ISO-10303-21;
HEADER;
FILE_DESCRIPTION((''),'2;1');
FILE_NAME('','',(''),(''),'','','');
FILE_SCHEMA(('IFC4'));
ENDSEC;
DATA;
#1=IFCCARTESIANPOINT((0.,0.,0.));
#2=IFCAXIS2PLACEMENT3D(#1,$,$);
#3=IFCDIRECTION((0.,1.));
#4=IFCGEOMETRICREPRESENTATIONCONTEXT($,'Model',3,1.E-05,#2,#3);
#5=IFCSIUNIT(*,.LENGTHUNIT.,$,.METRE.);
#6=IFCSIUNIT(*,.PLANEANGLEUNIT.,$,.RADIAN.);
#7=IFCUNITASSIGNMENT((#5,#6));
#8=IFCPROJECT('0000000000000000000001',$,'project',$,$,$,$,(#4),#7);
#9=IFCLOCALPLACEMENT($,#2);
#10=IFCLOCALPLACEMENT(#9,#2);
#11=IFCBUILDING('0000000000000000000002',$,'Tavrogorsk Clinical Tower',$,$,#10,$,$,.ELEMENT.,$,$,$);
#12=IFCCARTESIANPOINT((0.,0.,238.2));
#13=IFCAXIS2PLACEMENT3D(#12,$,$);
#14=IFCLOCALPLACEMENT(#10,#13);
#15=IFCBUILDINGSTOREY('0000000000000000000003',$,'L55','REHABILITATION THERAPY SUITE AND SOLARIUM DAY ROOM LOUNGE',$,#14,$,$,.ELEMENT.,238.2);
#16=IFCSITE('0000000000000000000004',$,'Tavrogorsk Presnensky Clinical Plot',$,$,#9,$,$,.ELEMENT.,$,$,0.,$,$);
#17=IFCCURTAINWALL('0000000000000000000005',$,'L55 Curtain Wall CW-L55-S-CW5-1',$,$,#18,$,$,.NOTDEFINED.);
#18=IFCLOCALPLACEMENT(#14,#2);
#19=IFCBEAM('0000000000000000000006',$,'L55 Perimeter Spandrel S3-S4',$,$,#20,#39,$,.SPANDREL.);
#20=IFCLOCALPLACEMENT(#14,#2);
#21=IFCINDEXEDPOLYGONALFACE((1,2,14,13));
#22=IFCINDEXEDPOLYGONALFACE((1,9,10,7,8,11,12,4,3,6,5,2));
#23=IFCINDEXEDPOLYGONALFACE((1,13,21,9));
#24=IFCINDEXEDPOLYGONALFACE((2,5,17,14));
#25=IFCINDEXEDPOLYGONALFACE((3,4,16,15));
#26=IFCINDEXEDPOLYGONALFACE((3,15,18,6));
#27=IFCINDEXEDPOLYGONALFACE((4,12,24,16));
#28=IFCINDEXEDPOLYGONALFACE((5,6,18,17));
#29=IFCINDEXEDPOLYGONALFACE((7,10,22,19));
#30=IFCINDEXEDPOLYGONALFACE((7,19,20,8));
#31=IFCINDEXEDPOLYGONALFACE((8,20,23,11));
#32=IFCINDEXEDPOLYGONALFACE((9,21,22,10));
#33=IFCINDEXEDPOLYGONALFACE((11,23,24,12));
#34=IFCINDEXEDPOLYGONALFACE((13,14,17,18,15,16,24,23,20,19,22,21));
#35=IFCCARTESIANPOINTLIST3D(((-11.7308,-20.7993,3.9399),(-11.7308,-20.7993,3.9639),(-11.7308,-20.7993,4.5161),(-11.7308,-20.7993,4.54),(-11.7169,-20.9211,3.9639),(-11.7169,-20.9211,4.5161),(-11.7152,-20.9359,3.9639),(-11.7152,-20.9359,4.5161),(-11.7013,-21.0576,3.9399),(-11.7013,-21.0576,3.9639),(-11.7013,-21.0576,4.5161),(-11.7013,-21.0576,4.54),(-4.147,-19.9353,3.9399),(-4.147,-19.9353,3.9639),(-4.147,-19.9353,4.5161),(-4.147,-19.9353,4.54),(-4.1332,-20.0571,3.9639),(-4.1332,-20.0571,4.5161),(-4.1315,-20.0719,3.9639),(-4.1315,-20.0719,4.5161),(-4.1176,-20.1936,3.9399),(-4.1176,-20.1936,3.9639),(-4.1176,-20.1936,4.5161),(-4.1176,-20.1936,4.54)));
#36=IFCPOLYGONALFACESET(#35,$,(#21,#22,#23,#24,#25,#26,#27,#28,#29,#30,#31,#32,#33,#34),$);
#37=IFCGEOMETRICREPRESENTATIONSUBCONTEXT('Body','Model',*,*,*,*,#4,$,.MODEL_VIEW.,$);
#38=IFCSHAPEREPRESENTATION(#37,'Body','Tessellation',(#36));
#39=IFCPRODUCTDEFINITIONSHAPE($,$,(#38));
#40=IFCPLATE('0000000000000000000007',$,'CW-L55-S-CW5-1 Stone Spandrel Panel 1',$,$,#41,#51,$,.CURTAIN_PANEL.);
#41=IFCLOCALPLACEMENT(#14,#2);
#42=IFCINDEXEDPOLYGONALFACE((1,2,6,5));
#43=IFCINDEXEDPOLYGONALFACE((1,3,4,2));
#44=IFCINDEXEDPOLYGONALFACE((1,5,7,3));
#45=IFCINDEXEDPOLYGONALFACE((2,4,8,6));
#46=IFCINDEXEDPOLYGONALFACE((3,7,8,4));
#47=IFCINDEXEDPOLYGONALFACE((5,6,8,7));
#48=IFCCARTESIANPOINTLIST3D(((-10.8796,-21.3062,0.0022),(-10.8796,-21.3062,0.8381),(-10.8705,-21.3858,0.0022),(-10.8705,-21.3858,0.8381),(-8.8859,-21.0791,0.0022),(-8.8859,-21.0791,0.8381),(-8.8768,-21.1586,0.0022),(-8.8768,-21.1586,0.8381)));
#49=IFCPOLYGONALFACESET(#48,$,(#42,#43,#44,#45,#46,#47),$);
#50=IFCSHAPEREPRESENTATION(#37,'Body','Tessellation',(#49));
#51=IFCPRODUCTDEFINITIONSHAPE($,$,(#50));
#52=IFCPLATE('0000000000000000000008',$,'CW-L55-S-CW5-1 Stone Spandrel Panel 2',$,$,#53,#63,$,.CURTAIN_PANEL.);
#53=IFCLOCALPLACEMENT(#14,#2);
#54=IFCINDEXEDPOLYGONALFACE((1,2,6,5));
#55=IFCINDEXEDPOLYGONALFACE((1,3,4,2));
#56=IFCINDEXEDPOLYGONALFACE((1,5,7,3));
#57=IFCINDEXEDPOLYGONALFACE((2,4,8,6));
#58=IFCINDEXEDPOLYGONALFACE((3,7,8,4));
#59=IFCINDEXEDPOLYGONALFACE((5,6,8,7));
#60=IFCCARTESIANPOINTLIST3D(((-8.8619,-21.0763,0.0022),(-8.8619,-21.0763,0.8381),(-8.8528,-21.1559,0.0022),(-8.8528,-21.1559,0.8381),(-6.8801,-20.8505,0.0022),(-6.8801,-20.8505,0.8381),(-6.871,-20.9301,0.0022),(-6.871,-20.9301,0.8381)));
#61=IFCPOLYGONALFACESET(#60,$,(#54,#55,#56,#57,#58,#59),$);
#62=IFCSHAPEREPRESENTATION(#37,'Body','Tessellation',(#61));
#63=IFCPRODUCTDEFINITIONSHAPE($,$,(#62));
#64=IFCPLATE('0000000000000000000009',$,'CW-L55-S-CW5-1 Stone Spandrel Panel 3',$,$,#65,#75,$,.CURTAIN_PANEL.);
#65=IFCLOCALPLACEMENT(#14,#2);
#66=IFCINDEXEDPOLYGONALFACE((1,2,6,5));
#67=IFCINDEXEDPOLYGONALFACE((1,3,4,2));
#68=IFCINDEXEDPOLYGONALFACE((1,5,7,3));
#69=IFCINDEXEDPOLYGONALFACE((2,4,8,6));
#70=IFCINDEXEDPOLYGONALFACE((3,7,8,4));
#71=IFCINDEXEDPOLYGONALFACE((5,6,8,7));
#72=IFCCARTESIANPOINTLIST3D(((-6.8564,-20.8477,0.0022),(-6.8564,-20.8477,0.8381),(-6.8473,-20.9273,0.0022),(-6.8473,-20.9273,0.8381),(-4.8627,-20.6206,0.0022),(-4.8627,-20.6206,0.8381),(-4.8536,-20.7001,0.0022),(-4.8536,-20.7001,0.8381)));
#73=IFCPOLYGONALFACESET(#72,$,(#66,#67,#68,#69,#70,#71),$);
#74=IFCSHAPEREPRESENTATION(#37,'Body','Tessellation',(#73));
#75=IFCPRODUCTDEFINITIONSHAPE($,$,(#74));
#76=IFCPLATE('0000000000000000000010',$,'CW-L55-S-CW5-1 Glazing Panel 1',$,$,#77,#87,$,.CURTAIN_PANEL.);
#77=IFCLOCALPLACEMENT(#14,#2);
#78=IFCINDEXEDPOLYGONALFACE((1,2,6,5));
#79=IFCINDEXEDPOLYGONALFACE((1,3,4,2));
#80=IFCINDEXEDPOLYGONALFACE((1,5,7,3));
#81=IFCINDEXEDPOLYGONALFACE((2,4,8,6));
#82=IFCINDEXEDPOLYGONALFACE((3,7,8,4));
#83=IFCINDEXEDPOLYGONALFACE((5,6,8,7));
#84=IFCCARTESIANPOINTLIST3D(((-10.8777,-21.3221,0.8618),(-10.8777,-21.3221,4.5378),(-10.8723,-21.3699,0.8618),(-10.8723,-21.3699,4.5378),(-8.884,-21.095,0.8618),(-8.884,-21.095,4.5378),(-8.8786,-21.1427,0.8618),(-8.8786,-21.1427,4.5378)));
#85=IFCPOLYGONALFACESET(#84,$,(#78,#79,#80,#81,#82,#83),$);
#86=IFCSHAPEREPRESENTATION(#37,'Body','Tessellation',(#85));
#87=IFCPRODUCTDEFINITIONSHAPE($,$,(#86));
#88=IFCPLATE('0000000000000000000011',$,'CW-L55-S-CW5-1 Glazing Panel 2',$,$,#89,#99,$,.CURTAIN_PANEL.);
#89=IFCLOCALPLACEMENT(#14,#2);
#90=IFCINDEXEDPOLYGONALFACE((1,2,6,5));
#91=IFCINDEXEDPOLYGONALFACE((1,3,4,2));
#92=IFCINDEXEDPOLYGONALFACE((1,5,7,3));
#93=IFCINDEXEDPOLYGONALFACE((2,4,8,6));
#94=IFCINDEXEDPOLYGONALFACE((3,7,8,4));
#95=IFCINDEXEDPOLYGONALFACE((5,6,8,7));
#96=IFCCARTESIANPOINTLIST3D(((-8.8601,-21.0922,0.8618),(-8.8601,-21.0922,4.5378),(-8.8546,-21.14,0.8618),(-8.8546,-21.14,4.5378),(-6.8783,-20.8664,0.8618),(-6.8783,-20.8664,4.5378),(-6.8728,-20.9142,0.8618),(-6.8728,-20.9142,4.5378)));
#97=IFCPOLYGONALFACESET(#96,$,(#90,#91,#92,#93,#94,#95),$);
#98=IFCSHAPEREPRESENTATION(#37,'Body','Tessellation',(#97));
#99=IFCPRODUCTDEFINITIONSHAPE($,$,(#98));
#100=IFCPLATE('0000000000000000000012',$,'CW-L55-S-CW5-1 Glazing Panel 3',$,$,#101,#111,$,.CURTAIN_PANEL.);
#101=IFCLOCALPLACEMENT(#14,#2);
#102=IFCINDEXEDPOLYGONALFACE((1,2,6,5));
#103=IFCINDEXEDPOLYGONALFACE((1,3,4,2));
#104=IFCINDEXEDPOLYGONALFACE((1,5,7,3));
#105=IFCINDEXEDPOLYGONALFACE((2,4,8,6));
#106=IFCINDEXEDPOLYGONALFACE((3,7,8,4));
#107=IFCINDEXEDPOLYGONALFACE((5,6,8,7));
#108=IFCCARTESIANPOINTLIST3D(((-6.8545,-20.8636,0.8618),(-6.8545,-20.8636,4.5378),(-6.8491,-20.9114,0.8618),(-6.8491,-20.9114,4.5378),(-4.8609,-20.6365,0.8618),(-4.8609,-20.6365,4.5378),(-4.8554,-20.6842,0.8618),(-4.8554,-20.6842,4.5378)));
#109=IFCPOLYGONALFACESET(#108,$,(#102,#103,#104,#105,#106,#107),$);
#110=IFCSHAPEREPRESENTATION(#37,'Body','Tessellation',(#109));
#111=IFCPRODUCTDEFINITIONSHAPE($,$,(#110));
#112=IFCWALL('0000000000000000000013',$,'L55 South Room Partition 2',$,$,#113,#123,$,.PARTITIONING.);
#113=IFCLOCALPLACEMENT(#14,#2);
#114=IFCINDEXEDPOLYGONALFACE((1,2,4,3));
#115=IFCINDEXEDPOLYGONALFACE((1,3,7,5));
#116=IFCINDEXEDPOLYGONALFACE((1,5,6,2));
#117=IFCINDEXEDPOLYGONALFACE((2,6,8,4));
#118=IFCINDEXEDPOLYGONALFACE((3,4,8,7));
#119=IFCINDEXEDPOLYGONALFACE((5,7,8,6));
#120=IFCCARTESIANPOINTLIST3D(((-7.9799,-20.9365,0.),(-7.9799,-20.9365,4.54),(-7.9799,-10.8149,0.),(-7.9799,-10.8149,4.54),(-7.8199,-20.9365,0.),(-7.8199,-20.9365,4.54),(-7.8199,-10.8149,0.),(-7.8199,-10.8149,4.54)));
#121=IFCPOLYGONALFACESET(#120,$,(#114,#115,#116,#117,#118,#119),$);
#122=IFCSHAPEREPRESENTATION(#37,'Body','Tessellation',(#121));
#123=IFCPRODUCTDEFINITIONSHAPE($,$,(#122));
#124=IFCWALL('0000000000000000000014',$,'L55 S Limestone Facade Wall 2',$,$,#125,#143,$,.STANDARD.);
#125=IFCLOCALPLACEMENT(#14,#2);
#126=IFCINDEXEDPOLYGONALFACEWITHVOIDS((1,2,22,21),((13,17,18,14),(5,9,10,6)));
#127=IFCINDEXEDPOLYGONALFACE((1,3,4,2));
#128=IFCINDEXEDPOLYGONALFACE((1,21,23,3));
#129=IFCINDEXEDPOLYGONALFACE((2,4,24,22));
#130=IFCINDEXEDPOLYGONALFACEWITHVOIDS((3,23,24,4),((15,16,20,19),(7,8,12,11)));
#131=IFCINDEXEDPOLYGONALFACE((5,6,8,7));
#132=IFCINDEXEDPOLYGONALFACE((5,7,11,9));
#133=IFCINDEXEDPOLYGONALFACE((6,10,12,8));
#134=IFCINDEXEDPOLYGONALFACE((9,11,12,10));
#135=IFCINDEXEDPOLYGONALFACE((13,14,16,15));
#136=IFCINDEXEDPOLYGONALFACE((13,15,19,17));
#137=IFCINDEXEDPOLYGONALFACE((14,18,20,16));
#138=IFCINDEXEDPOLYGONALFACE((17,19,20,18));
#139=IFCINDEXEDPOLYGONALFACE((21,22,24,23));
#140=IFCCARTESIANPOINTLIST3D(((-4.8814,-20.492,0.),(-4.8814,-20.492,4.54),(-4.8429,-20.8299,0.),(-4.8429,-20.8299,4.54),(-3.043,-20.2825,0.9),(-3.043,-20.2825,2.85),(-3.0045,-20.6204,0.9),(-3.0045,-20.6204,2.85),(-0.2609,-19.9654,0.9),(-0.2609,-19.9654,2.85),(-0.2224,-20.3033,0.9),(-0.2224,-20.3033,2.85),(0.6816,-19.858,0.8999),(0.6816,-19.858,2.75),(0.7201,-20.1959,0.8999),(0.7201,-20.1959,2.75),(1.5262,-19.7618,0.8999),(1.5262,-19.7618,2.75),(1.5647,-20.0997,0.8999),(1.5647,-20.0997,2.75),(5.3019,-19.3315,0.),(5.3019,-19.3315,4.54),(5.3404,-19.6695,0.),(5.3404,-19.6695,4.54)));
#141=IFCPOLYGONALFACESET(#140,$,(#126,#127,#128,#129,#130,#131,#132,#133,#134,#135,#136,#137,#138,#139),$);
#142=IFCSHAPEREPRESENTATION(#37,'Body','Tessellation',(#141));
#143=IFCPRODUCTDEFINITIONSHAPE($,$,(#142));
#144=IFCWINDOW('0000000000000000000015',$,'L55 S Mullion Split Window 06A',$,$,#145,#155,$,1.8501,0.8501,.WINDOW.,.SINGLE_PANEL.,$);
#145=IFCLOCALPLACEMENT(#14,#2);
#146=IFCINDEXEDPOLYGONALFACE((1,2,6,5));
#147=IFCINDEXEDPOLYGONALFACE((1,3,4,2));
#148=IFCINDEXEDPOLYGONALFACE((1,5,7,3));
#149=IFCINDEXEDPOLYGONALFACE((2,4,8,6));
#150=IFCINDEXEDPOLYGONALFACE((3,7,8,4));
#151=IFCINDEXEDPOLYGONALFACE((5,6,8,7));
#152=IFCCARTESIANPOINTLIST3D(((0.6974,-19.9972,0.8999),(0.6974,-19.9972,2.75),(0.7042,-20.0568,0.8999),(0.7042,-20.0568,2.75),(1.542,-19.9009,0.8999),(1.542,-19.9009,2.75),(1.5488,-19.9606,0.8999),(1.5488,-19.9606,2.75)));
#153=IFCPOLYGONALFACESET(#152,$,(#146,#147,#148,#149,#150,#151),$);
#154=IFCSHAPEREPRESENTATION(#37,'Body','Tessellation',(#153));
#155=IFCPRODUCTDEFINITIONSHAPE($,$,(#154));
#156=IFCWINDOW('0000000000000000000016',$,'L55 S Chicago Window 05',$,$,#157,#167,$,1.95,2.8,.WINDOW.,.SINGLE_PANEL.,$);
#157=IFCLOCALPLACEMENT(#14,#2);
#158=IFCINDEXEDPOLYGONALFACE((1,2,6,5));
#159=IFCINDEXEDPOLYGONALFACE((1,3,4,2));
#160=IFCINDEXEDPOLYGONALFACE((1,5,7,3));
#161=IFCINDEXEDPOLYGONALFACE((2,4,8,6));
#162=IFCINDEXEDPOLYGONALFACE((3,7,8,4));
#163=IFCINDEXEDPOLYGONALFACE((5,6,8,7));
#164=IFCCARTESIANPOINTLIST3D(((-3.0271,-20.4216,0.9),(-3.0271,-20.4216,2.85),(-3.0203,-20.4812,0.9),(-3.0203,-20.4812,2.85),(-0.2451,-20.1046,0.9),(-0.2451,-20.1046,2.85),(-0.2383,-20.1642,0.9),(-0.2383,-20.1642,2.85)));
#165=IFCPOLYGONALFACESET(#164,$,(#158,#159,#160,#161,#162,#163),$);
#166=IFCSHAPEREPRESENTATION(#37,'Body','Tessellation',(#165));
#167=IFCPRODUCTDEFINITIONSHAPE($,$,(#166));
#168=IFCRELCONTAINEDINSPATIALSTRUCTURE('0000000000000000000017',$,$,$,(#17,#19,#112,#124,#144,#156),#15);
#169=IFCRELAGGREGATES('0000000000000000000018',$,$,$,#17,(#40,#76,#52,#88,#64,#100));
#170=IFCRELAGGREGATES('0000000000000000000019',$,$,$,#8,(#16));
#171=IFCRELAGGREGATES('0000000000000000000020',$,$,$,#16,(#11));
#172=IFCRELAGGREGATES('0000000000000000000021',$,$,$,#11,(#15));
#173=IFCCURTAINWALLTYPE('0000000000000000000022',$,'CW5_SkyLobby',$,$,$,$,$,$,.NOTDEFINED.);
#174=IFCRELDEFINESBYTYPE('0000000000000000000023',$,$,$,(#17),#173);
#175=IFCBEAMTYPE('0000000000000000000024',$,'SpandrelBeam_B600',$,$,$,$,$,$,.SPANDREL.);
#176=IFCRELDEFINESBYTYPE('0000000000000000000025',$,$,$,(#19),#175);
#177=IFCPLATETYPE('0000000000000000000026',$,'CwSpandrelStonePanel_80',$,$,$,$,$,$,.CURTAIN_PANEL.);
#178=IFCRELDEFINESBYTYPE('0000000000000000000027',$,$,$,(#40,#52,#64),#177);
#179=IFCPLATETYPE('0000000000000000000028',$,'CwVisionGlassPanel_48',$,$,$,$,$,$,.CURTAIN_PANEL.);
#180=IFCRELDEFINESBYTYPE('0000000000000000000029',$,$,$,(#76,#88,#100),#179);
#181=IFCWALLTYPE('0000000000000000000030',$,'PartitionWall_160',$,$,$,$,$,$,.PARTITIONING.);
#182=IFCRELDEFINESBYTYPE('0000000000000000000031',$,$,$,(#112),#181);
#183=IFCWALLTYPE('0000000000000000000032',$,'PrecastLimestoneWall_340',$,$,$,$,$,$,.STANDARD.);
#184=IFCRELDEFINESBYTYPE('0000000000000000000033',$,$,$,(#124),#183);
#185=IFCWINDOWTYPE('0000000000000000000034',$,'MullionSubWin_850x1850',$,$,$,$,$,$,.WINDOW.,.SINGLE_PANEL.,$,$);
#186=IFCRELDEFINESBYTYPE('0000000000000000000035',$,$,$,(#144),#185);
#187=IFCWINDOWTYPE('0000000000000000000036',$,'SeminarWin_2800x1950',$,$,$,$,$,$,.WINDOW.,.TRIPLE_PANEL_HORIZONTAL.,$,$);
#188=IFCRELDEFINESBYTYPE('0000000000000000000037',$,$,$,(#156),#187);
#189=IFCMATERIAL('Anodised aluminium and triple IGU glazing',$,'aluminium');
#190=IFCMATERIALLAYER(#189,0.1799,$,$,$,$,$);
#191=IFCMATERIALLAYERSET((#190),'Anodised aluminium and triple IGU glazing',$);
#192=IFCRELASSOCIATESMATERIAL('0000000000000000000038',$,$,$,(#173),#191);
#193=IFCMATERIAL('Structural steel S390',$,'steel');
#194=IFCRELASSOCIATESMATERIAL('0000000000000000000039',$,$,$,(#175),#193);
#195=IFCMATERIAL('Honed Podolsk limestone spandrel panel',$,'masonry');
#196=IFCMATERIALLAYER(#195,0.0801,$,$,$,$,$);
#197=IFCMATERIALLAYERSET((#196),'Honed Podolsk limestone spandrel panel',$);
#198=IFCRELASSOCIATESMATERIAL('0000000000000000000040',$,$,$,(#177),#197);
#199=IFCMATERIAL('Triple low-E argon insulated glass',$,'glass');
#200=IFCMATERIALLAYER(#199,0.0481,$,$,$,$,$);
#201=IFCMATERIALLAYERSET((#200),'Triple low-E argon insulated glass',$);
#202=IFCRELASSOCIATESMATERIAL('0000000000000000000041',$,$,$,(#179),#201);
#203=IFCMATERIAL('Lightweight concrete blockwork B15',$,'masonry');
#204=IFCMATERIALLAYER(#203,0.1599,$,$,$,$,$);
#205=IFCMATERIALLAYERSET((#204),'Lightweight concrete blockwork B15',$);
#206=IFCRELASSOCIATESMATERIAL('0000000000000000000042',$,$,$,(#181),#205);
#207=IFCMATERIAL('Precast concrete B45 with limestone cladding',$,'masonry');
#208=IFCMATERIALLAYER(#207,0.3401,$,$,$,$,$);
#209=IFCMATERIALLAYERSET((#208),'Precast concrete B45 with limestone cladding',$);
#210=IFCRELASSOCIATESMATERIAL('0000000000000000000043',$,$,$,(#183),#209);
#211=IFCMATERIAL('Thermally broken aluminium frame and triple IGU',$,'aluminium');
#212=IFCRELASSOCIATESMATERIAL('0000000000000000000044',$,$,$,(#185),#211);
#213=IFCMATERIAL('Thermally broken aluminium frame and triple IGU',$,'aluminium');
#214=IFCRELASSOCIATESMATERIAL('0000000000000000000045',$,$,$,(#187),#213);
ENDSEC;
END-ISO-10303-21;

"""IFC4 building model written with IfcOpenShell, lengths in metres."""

from ifc_helpers import new_model, si_unit, direction, frame, frame_2d, origin, origin_2d, place, context, subcontext, project, spatial, rectangle, i_section, extrude, material, layer, layer_set, material_profile, profile_set, type_object, element, fill, aggregate, save


model = new_model("IFC4")

# Units and contexts
model_context = context("Model", 3, precision=1e-05, world=origin(), true_north=direction((0.0, 1.0)))
body_context = subcontext(model_context, "Body", "Model", "MODEL_VIEW")
ifc_project = project(units=[si_unit("LENGTHUNIT", "METRE"), si_unit("PLANEANGLEUNIT", "RADIAN")], contexts=[model_context])

# Site, building, storey
site_placement = place(None, origin())
site = spatial("IfcSite", under=ifc_project, at=site_placement, Name="Tavrogorsk Presnensky Clinical Plot", CompositionType="ELEMENT", RefElevation=0.0)
building_placement = place(site_placement, origin())
building = spatial("IfcBuilding", under=site, at=building_placement, Name="Tavrogorsk Clinical Tower", CompositionType="ELEMENT")
storey_placement = place(building_placement, frame((0.0, 0.0, 238.2)))
storey = spatial("IfcBuildingStorey", under=building, at=storey_placement, Name="L55", Description="REHABILITATION THERAPY SUITE AND SOLARIUM DAY ROOM LOUNGE", CompositionType="ELEMENT", Elevation=238.2)

# Curtain wall
ifc_material_1 = material(Name="Anodised aluminium and triple IGU glazing", Category="aluminium")
ifc_layer_1 = layer(ifc_material_1, 0.1799)
ifc_layer_set_1 = layer_set([ifc_layer_1], Name="Anodised aluminium and triple IGU glazing")
curtain_wall_type = type_object("IfcCurtainWallType", Name="CW5_SkyLobby", PredefinedType="NOTDEFINED", material=ifc_layer_set_1)
curtain_wall_placement = place(storey_placement, origin())
curtain_wall = element("IfcCurtainWall", 1, at=curtain_wall_placement, inside=storey, type_object=curtain_wall_type, Name="L55 Curtain Wall CW-L55-S-CW5-1", PredefinedType="NOTDEFINED")

# Beam
ifc_material_2 = material(Name="Structural steel S390", Category="steel")
ifc_material_profile_1 = material_profile(ifc_material_2, i_section(OverallWidth=0.26, OverallDepth=0.6001, WebThickness=0.0149, FlangeThickness=0.0239, at=origin_2d()), Name="B-600x260x15x24")
ifc_profile_set_1 = profile_set([ifc_material_profile_1], Name="Structural steel S390")
beam_type = type_object("IfcBeamType", Name="SpandrelBeam_B600", PredefinedType="SPANDREL", material=ifc_profile_set_1)
beam_placement = place(storey_placement, frame((-11.7161, -20.9285, 4.24), z_axis=(0.993573, 0.113197, 0.0), x_axis=(-0.113197, 0.993573, 0.0)))
element("IfcBeam", 2, at=beam_placement, inside=storey, type_object=beam_type, Name="L55 Perimeter Spandrel S3-S4", PredefinedType="SPANDREL", context=body_context, shape_type="SweptSolid", body=[
    extrude(i_section(OverallWidth=0.26, OverallDepth=0.6001, WebThickness=0.0149, FlangeThickness=0.0239, at=origin_2d()), origin(), (0.0, 0.0, 1.0), 7.6328),
])

# Plates
ifc_material_3 = material(Name="Honed Podolsk limestone spandrel panel", Category="masonry")
ifc_layer_2 = layer(ifc_material_3, 0.0801)
ifc_layer_set_2 = layer_set([ifc_layer_2], Name="Honed Podolsk limestone spandrel panel")
plate_type_1 = type_object("IfcPlateType", Name="CwSpandrelStonePanel_80", PredefinedType="CURTAIN_PANEL", material=ifc_layer_set_2)
plate_1_placement = place(storey_placement, frame((-9.8782, -21.2324, 0.0022), z_axis=(0.0, 0.0, 1.0), x_axis=(0.993572, 0.113203, 0.0)))
plate_1 = element("IfcPlate", 3, at=plate_1_placement, type_object=plate_type_1, Name="CW-L55-S-CW5-1 Stone Spandrel Panel 1", PredefinedType="CURTAIN_PANEL", context=body_context, shape_type="SweptSolid", body=[
    extrude(rectangle(XDim=2.0066, YDim=0.0801, at=origin_2d()), origin(), (0.0, 0.0, 1.0), 0.8359),
])
plate_2_placement = place(storey_placement, frame((-7.8665, -21.0032, 0.0022), z_axis=(0.0, 0.0, 1.0), x_axis=(0.993572, 0.113203, 0.0)))
plate_2 = element("IfcPlate", 4, at=plate_2_placement, type_object=plate_type_1, Name="CW-L55-S-CW5-1 Stone Spandrel Panel 2", PredefinedType="CURTAIN_PANEL", context=body_context, shape_type="SweptSolid", body=[
    extrude(rectangle(XDim=1.9946, YDim=0.0801, at=origin_2d()), origin(), (0.0, 0.0, 1.0), 0.8359),
])
plate_3_placement = place(storey_placement, frame((-5.855, -20.7739, 0.0022), z_axis=(0.0, 0.0, 1.0), x_axis=(0.993572, 0.113203, 0.0)))
plate_3 = element("IfcPlate", 5, at=plate_3_placement, type_object=plate_type_1, Name="CW-L55-S-CW5-1 Stone Spandrel Panel 3", PredefinedType="CURTAIN_PANEL", context=body_context, shape_type="SweptSolid", body=[
    extrude(rectangle(XDim=2.0066, YDim=0.0801, at=origin_2d()), origin(), (0.0, 0.0, 1.0), 0.8359),
])
ifc_material_4 = material(Name="Triple low-E argon insulated glass", Category="glass")
ifc_layer_3 = layer(ifc_material_4, 0.0481)
ifc_layer_set_3 = layer_set([ifc_layer_3], Name="Triple low-E argon insulated glass")
plate_type_2 = type_object("IfcPlateType", Name="CwVisionGlassPanel_48", PredefinedType="CURTAIN_PANEL", material=ifc_layer_set_3)
plate_4_placement = place(storey_placement, frame((-9.8782, -21.2324, 0.8618), z_axis=(0.0, 0.0, 1.0), x_axis=(0.993572, 0.113203, 0.0)))
plate_4 = element("IfcPlate", 6, at=plate_4_placement, type_object=plate_type_2, Name="CW-L55-S-CW5-1 Glazing Panel 1", PredefinedType="CURTAIN_PANEL", context=body_context, shape_type="SweptSolid", body=[
    extrude(rectangle(XDim=2.0066, YDim=0.0481, at=origin_2d()), origin(), (0.0, 0.0, 1.0), 3.676),
])
plate_5_placement = place(storey_placement, frame((-7.8665, -21.0032, 0.8618), z_axis=(0.0, 0.0, 1.0), x_axis=(0.993572, 0.113203, 0.0)))
plate_5 = element("IfcPlate", 7, at=plate_5_placement, type_object=plate_type_2, Name="CW-L55-S-CW5-1 Glazing Panel 2", PredefinedType="CURTAIN_PANEL", context=body_context, shape_type="SweptSolid", body=[
    extrude(rectangle(XDim=1.9946, YDim=0.0481, at=origin_2d()), origin(), (0.0, 0.0, 1.0), 3.676),
])
plate_6_placement = place(storey_placement, frame((-5.855, -20.7739, 0.8618), z_axis=(0.0, 0.0, 1.0), x_axis=(0.993572, 0.113203, 0.0)))
plate_6 = element("IfcPlate", 8, at=plate_6_placement, type_object=plate_type_2, Name="CW-L55-S-CW5-1 Glazing Panel 3", PredefinedType="CURTAIN_PANEL", context=body_context, shape_type="SweptSolid", body=[
    extrude(rectangle(XDim=2.0066, YDim=0.0481, at=origin_2d()), origin(), (0.0, 0.0, 1.0), 3.676),
])
aggregate(curtain_wall, [plate_1, plate_4, plate_2, plate_5, plate_3, plate_6])

# Wall
ifc_material_5 = material(Name="Lightweight concrete blockwork B15", Category="masonry")
ifc_layer_4 = layer(ifc_material_5, 0.1599)
ifc_layer_set_4 = layer_set([ifc_layer_4], Name="Lightweight concrete blockwork B15")
wall_type_1 = type_object("IfcWallType", Name="PartitionWall_160", PredefinedType="PARTITIONING", material=ifc_layer_set_4)
wall_1_placement = place(storey_placement, frame((-7.8999, -20.9365, 0.0), z_axis=(0.0, 0.0, 1.0), x_axis=(0.0, 1.0, 0.0)))
element("IfcWall", 9, at=wall_1_placement, inside=storey, type_object=wall_type_1, Name="L55 South Room Partition 2", PredefinedType="PARTITIONING", context=body_context, shape_type="SweptSolid", body=[
    extrude(rectangle(XDim=10.1216, YDim=0.1599, at=frame_2d((5.0608, 0.0))), origin(), (0.0, 0.0, 1.0), 4.54),
])

# Wall, openings, windows
ifc_material_6 = material(Name="Precast concrete B45 with limestone cladding", Category="masonry")
ifc_layer_5 = layer(ifc_material_6, 0.3401)
ifc_layer_set_5 = layer_set([ifc_layer_5], Name="Precast concrete B45 with limestone cladding")
wall_type_2 = type_object("IfcWallType", Name="PrecastLimestoneWall_340", PredefinedType="STANDARD", material=ifc_layer_set_5)
wall_2_placement = place(storey_placement, frame((-4.8621, -20.6609, 0.0), z_axis=(0.0, 0.0, 1.0), x_axis=(0.99357, 0.113218, 0.0)))
wall_2 = element("IfcWall", 10, at=wall_2_placement, inside=storey, type_object=wall_type_2, Name="L55 S Limestone Facade Wall 2", PredefinedType="STANDARD", context=body_context, shape_type="SweptSolid", body=[
    extrude(rectangle(XDim=10.2493, YDim=0.3401, at=frame_2d((5.1245, 0.0))), origin(), (0.0, 0.0, 1.0), 4.54),
])
opening_1_placement = place(wall_2_placement, frame((1.8503, 0.0, 0.8999)))
opening_1 = element("IfcOpeningElement", 11, at=opening_1_placement, cuts=wall_2, PredefinedType="OPENING", context=body_context, shape_type="SweptSolid", body=[
    extrude(rectangle(XDim=2.8, YDim=1.95, at=frame_2d((1.3999, 0.9751))), frame((0.0, 0.1799, 0.0), z_axis=(0.0, -1.0, 0.0), x_axis=(1.0, 0.0, 0.0)), (0.0, 0.0, 1.0), 0.3601),
])
opening_2_placement = place(wall_2_placement, frame((5.5989, 0.0, 0.8999)))
opening_2 = element("IfcOpeningElement", 12, at=opening_2_placement, cuts=wall_2, PredefinedType="OPENING", context=body_context, shape_type="SweptSolid", body=[
    extrude(rectangle(XDim=0.8501, YDim=1.8501, at=frame_2d((0.425, 0.925))), frame((0.0, 0.1799, 0.0), z_axis=(0.0, -1.0, 0.0), x_axis=(1.0, 0.0, 0.0)), (0.0, 0.0, 1.0), 0.3601),
])
ifc_material_7 = material(Name="Thermally broken aluminium frame and triple IGU", Category="aluminium")
window_type_1 = type_object("IfcWindowType", Name="MullionSubWin_850x1850", PartitioningType="SINGLE_PANEL", PredefinedType="WINDOW", material=ifc_material_7)
window_1_placement = place(opening_2_placement, origin())
window_1 = element("IfcWindow", 13, at=window_1_placement, inside=storey, type_object=window_type_1, Name="L55 S Mullion Split Window 06A", OverallHeight=1.8501, OverallWidth=0.8501, PartitioningType="SINGLE_PANEL", PredefinedType="WINDOW", context=body_context, shape_type="SweptSolid", body=[
    extrude(rectangle(XDim=0.8501, YDim=1.8501, at=frame_2d((0.425, 0.925))), frame((0.0, 0.03, 0.0), z_axis=(0.0, -1.0, 0.0), x_axis=(1.0, 0.0, 0.0)), (0.0, 0.0, 1.0), 0.0601),
])
fill(opening_2, window_1)
ifc_material_8 = material(Name="Thermally broken aluminium frame and triple IGU", Category="aluminium")
window_type_2 = type_object("IfcWindowType", Name="SeminarWin_2800x1950", PartitioningType="TRIPLE_PANEL_HORIZONTAL", PredefinedType="WINDOW", material=ifc_material_8)
window_2_placement = place(opening_1_placement, origin())
window_2 = element("IfcWindow", 14, at=window_2_placement, inside=storey, type_object=window_type_2, Name="L55 S Chicago Window 05", OverallHeight=1.95, OverallWidth=2.8, PartitioningType="SINGLE_PANEL", PredefinedType="WINDOW", context=body_context, shape_type="SweptSolid", body=[
    extrude(rectangle(XDim=2.8, YDim=1.95, at=frame_2d((1.3999, 0.9751))), frame((0.0, 0.03, 0.0), z_axis=(0.0, -1.0, 0.0), x_axis=(1.0, 0.0, 0.0)), (0.0, 0.0, 1.0), 0.0601),
])
fill(opening_1, window_2)

save(model, "model.ifc")
